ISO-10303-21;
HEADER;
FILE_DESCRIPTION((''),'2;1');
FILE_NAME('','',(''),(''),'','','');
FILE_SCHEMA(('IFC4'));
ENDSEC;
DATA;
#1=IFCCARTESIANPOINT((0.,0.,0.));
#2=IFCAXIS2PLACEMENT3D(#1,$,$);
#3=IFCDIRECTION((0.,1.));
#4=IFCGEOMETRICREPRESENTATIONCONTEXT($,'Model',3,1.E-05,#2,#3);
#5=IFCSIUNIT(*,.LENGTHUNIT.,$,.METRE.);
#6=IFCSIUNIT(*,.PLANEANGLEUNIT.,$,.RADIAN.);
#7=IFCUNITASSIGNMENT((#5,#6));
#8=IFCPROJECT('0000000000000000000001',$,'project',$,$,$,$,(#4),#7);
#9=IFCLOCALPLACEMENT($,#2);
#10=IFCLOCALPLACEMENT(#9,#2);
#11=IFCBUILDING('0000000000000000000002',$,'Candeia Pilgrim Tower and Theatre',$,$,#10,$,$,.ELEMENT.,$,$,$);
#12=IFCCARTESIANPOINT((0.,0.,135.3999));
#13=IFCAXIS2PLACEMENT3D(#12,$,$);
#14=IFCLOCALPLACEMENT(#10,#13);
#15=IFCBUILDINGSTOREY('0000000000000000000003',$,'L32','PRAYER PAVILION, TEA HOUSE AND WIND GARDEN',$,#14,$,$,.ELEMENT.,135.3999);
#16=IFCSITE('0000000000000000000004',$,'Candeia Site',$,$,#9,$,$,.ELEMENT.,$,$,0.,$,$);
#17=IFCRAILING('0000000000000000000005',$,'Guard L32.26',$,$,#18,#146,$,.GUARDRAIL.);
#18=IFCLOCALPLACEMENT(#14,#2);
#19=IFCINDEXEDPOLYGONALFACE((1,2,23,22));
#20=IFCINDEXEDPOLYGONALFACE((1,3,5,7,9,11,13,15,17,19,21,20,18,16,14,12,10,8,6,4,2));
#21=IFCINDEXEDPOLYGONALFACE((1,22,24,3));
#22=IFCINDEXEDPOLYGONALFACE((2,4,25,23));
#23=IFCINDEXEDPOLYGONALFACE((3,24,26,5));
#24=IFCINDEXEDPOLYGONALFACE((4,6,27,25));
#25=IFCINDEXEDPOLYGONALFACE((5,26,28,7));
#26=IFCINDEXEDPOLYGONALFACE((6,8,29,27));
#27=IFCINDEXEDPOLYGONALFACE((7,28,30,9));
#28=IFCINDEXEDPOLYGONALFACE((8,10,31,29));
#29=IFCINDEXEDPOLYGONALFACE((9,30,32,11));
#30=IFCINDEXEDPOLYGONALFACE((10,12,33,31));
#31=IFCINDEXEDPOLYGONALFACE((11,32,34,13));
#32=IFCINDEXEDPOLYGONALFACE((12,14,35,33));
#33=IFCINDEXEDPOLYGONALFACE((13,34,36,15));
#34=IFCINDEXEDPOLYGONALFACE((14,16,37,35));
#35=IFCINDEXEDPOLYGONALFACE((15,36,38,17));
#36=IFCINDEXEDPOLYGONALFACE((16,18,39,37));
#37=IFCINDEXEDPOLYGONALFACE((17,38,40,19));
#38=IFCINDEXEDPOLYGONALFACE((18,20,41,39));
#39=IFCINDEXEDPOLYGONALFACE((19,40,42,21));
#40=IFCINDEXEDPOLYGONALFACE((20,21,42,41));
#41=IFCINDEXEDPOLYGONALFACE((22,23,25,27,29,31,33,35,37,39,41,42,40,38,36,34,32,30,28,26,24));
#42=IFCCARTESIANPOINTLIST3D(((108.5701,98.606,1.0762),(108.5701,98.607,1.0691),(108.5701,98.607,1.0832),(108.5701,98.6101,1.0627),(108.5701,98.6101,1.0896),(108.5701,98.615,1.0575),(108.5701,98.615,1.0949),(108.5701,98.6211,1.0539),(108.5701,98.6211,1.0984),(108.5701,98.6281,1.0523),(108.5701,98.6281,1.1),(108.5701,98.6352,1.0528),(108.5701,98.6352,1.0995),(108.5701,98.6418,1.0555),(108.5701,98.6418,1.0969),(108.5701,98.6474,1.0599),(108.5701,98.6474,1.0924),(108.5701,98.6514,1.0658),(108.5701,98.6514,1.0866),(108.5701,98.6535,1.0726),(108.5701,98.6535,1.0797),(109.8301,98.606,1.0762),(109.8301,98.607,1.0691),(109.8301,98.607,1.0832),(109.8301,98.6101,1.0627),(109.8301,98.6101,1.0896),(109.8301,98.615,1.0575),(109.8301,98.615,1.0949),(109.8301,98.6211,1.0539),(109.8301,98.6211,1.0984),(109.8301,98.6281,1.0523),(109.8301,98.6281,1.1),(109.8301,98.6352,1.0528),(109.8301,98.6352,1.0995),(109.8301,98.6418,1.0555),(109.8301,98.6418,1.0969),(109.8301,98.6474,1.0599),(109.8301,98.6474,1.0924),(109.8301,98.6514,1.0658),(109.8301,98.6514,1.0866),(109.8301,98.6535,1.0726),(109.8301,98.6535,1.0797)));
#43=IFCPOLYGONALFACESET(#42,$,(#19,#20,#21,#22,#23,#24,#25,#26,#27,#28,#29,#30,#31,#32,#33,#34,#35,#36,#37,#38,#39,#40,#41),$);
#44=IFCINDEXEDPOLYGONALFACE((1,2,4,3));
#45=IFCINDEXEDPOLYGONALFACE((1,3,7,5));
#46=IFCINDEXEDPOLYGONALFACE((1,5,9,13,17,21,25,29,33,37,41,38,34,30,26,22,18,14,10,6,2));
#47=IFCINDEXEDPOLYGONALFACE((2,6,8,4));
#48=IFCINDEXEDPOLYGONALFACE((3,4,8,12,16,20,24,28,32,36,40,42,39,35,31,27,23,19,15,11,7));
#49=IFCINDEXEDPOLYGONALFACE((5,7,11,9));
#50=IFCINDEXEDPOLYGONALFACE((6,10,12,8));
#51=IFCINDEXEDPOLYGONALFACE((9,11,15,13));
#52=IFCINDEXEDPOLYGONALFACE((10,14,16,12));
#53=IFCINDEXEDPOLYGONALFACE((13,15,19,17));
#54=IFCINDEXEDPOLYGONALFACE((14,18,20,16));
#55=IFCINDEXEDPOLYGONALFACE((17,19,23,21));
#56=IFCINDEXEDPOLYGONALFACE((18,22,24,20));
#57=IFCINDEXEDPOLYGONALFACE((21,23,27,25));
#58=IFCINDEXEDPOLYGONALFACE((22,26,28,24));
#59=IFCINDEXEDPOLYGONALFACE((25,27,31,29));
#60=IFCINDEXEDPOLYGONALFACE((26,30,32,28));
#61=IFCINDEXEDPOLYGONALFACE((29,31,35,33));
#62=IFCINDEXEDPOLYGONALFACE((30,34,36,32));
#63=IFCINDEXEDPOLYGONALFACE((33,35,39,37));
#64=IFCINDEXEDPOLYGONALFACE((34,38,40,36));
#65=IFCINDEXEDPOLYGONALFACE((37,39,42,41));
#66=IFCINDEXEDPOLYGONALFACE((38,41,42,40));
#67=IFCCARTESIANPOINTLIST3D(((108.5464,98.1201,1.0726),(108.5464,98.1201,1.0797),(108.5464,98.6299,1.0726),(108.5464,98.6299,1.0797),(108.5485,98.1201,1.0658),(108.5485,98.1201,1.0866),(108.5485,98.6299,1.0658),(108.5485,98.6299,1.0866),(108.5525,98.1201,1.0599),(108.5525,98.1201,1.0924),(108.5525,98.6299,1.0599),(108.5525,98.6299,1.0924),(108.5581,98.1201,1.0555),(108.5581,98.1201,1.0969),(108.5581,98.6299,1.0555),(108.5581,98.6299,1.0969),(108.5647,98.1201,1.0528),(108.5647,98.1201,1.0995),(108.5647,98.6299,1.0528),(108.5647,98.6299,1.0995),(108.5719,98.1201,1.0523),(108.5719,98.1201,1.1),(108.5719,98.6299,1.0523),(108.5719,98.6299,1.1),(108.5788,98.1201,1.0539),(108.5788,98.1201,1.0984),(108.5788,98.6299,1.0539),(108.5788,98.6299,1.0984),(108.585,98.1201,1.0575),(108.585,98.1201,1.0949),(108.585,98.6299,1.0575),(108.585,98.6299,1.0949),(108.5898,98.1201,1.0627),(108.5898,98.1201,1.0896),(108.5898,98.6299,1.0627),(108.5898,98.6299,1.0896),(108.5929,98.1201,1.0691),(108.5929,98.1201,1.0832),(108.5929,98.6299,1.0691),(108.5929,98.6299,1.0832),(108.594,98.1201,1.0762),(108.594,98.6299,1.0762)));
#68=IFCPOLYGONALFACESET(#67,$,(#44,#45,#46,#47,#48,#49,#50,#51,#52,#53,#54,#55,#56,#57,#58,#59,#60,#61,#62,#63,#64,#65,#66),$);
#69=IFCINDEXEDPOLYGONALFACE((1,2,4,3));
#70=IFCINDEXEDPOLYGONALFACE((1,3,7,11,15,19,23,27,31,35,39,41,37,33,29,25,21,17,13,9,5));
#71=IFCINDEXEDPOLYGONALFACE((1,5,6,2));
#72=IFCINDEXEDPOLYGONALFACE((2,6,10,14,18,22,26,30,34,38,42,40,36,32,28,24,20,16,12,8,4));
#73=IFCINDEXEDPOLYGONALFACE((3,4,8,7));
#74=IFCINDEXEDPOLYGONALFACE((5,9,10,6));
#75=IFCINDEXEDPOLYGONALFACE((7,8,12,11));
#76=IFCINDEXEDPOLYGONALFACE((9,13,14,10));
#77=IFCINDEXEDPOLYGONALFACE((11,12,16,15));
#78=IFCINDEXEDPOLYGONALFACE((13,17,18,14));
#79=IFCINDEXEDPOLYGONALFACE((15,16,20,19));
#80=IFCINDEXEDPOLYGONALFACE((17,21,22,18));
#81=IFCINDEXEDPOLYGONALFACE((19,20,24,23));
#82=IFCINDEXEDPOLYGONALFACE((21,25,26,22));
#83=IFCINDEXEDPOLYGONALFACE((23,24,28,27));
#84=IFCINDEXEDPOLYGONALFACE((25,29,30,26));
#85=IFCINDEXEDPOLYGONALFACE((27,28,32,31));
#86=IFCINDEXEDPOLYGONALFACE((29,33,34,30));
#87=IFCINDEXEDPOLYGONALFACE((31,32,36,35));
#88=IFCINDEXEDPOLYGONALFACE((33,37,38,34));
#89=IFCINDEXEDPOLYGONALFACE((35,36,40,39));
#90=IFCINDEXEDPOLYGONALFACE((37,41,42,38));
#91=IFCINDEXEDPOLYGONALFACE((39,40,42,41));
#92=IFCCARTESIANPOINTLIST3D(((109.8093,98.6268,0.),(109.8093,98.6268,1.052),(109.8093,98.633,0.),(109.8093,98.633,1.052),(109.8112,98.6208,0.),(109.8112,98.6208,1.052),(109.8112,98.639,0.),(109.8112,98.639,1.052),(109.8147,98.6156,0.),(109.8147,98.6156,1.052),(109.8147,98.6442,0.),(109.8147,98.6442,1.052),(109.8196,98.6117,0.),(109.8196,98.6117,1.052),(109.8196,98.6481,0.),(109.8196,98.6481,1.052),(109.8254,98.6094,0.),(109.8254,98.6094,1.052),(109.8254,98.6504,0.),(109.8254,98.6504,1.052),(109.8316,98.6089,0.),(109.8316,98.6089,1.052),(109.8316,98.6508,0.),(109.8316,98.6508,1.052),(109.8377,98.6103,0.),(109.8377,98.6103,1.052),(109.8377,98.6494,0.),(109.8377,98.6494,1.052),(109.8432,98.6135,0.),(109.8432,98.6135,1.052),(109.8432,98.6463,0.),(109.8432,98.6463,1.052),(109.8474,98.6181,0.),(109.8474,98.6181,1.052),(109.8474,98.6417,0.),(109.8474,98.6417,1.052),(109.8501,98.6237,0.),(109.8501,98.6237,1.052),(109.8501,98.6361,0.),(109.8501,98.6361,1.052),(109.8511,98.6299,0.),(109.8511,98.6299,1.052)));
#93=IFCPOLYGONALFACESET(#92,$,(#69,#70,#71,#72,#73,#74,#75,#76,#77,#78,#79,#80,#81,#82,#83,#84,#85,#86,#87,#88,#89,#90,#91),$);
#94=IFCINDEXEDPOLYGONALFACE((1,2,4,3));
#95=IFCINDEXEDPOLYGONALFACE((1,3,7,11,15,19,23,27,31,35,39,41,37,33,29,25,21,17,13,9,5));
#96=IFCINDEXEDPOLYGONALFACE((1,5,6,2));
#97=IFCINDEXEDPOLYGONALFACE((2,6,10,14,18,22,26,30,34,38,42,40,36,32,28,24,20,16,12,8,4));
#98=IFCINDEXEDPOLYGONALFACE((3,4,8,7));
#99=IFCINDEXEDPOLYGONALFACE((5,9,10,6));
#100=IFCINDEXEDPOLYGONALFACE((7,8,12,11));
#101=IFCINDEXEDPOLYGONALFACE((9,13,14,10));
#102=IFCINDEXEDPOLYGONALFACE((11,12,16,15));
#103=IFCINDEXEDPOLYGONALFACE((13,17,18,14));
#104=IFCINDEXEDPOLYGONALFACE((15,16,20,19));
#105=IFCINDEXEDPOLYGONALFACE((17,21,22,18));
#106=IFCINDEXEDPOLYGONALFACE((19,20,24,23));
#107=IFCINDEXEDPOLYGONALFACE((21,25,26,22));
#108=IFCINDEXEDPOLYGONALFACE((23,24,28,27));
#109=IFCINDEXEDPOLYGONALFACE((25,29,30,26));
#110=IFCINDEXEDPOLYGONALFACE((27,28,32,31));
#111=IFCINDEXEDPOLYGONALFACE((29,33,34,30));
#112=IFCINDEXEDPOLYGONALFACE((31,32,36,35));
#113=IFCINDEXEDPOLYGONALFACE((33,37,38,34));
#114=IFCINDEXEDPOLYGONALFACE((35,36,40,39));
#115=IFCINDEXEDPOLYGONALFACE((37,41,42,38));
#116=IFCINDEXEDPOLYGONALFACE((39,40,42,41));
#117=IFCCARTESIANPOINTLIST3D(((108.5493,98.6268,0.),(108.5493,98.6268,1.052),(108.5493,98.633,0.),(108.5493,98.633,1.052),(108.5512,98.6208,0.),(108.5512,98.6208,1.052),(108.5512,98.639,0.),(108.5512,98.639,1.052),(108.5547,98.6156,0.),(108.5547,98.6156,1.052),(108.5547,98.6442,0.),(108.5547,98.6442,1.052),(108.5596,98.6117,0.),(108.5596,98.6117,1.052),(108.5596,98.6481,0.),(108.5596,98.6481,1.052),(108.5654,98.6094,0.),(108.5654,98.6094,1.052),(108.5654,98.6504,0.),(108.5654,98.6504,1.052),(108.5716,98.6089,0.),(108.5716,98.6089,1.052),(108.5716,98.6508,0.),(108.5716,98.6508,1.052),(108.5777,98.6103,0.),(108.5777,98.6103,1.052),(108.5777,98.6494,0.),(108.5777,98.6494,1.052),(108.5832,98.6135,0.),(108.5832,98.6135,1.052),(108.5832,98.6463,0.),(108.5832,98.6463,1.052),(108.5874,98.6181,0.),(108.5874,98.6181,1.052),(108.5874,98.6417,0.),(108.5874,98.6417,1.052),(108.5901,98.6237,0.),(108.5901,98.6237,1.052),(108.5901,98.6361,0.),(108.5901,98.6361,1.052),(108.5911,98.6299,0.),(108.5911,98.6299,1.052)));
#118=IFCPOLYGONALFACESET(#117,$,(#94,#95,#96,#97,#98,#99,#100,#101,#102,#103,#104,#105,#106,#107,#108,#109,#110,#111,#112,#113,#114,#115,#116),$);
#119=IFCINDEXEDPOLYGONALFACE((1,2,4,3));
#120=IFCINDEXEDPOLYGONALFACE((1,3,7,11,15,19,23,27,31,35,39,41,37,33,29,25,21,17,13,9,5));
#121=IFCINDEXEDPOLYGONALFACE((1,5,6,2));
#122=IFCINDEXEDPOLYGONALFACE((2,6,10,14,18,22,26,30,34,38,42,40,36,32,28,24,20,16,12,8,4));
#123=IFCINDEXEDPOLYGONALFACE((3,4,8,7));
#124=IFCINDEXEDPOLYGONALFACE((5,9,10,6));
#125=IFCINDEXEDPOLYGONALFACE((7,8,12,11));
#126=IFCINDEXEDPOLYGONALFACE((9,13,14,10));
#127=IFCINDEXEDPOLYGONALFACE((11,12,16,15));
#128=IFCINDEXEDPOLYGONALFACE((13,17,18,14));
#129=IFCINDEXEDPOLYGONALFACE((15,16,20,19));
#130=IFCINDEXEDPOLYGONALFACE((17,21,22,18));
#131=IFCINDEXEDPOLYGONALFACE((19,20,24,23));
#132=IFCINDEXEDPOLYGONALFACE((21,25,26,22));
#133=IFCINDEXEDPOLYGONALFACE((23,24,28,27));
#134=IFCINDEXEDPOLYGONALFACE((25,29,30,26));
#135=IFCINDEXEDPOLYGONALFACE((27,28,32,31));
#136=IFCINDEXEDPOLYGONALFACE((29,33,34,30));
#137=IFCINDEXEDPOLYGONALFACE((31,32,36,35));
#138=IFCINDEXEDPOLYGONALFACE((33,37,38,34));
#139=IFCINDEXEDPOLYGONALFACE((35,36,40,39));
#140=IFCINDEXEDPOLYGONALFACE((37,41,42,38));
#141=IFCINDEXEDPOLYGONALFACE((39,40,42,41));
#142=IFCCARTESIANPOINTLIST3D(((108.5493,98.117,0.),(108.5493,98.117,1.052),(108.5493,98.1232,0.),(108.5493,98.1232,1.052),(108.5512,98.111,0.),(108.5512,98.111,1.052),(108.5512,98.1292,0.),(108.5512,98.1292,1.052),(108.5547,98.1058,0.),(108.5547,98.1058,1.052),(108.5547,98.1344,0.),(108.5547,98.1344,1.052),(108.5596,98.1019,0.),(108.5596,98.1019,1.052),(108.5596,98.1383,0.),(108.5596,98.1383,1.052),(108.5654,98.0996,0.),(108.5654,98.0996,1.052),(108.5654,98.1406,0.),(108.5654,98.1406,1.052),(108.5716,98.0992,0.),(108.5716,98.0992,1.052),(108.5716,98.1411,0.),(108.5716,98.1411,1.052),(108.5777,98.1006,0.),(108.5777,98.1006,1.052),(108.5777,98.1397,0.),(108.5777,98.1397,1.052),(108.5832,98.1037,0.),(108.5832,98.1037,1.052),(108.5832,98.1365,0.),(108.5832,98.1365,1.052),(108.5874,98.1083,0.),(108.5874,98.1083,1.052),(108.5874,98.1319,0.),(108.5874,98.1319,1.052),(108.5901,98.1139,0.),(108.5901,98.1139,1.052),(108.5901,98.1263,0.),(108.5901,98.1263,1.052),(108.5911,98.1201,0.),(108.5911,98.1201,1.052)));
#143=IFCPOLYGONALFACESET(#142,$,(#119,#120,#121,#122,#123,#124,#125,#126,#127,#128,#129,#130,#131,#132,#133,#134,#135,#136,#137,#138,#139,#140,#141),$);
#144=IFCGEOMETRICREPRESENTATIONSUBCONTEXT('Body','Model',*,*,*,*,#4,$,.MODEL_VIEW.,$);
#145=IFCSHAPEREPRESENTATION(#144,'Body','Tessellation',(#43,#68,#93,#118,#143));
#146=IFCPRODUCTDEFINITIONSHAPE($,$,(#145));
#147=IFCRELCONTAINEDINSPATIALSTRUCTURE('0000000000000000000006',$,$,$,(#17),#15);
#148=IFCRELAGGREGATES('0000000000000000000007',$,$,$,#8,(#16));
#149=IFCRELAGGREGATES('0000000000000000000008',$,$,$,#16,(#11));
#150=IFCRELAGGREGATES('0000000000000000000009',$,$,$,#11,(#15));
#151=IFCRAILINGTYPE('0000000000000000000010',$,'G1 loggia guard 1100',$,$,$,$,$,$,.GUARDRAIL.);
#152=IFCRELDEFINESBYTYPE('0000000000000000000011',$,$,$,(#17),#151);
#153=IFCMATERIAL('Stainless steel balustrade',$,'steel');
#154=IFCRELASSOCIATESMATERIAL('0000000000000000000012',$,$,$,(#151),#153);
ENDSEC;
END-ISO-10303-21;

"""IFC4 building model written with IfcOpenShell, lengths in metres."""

from ifc_helpers import new_model, si_unit, direction, frame, origin, origin_2d, place, context, subcontext, project, spatial, circle, extrude, material, type_object, element, save


model = new_model("IFC4")

# Units and contexts
model_context = context("Model", 3, precision=1e-05, world=origin(), true_north=direction((0.0, 1.0)))
body_context = subcontext(model_context, "Body", "Model", "MODEL_VIEW")
ifc_project = project(units=[si_unit("LENGTHUNIT", "METRE"), si_unit("PLANEANGLEUNIT", "RADIAN")], contexts=[model_context])

# Site, building, storey
site_placement = place(None, origin())
site = spatial("IfcSite", under=ifc_project, at=site_placement, Name="Candeia Site", CompositionType="ELEMENT", RefElevation=0.0)
building_placement = place(site_placement, origin())
building = spatial("IfcBuilding", under=site, at=building_placement, Name="Candeia Pilgrim Tower and Theatre", CompositionType="ELEMENT")
storey_placement = place(building_placement, frame((0.0, 0.0, 135.3999)))
storey = spatial("IfcBuildingStorey", under=building, at=storey_placement, Name="L32", Description="PRAYER PAVILION, TEA HOUSE AND WIND GARDEN", CompositionType="ELEMENT", Elevation=135.3999)

# Railing
ifc_material_1 = material(Name="Stainless steel balustrade", Category="steel")
railing_type = type_object("IfcRailingType", Name="G1 loggia guard 1100", PredefinedType="GUARDRAIL", material=ifc_material_1)
railing_1_placement = place(storey_placement, frame((109.8301, 98.6299, 0.0)))
element("IfcRailing", 1, at=railing_1_placement, inside=storey, type_object=railing_type, Name="Guard L32.26", PredefinedType="GUARDRAIL", context=body_context, shape_type="SweptSolid", body=[
    extrude(circle(Radius=0.0239, at=origin_2d()), frame((0.0, 0.0, 1.0762), z_axis=(-1.0, 0.0, 0.0), x_axis=(0.0, -1.0, 0.0)), (0.0, 0.0, 1.0), 1.26),
    extrude(circle(Radius=0.0239, at=origin_2d()), frame((-1.26, 0.0, 1.0762), z_axis=(0.0, -1.0, 0.0), x_axis=(1.0, 0.0, 0.0)), (0.0, 0.0, 1.0), 0.5098),
    extrude(circle(Radius=0.021, at=origin_2d()), origin(), (0.0, 0.0, 1.0), 1.052),
    extrude(circle(Radius=0.021, at=origin_2d()), frame((-1.26, 0.0, 0.0)), (0.0, 0.0, 1.0), 1.052),
    extrude(circle(Radius=0.021, at=origin_2d()), frame((-1.26, -0.5098, 0.0)), (0.0, 0.0, 1.0), 1.052),
])

save(model, "model.ifc")
